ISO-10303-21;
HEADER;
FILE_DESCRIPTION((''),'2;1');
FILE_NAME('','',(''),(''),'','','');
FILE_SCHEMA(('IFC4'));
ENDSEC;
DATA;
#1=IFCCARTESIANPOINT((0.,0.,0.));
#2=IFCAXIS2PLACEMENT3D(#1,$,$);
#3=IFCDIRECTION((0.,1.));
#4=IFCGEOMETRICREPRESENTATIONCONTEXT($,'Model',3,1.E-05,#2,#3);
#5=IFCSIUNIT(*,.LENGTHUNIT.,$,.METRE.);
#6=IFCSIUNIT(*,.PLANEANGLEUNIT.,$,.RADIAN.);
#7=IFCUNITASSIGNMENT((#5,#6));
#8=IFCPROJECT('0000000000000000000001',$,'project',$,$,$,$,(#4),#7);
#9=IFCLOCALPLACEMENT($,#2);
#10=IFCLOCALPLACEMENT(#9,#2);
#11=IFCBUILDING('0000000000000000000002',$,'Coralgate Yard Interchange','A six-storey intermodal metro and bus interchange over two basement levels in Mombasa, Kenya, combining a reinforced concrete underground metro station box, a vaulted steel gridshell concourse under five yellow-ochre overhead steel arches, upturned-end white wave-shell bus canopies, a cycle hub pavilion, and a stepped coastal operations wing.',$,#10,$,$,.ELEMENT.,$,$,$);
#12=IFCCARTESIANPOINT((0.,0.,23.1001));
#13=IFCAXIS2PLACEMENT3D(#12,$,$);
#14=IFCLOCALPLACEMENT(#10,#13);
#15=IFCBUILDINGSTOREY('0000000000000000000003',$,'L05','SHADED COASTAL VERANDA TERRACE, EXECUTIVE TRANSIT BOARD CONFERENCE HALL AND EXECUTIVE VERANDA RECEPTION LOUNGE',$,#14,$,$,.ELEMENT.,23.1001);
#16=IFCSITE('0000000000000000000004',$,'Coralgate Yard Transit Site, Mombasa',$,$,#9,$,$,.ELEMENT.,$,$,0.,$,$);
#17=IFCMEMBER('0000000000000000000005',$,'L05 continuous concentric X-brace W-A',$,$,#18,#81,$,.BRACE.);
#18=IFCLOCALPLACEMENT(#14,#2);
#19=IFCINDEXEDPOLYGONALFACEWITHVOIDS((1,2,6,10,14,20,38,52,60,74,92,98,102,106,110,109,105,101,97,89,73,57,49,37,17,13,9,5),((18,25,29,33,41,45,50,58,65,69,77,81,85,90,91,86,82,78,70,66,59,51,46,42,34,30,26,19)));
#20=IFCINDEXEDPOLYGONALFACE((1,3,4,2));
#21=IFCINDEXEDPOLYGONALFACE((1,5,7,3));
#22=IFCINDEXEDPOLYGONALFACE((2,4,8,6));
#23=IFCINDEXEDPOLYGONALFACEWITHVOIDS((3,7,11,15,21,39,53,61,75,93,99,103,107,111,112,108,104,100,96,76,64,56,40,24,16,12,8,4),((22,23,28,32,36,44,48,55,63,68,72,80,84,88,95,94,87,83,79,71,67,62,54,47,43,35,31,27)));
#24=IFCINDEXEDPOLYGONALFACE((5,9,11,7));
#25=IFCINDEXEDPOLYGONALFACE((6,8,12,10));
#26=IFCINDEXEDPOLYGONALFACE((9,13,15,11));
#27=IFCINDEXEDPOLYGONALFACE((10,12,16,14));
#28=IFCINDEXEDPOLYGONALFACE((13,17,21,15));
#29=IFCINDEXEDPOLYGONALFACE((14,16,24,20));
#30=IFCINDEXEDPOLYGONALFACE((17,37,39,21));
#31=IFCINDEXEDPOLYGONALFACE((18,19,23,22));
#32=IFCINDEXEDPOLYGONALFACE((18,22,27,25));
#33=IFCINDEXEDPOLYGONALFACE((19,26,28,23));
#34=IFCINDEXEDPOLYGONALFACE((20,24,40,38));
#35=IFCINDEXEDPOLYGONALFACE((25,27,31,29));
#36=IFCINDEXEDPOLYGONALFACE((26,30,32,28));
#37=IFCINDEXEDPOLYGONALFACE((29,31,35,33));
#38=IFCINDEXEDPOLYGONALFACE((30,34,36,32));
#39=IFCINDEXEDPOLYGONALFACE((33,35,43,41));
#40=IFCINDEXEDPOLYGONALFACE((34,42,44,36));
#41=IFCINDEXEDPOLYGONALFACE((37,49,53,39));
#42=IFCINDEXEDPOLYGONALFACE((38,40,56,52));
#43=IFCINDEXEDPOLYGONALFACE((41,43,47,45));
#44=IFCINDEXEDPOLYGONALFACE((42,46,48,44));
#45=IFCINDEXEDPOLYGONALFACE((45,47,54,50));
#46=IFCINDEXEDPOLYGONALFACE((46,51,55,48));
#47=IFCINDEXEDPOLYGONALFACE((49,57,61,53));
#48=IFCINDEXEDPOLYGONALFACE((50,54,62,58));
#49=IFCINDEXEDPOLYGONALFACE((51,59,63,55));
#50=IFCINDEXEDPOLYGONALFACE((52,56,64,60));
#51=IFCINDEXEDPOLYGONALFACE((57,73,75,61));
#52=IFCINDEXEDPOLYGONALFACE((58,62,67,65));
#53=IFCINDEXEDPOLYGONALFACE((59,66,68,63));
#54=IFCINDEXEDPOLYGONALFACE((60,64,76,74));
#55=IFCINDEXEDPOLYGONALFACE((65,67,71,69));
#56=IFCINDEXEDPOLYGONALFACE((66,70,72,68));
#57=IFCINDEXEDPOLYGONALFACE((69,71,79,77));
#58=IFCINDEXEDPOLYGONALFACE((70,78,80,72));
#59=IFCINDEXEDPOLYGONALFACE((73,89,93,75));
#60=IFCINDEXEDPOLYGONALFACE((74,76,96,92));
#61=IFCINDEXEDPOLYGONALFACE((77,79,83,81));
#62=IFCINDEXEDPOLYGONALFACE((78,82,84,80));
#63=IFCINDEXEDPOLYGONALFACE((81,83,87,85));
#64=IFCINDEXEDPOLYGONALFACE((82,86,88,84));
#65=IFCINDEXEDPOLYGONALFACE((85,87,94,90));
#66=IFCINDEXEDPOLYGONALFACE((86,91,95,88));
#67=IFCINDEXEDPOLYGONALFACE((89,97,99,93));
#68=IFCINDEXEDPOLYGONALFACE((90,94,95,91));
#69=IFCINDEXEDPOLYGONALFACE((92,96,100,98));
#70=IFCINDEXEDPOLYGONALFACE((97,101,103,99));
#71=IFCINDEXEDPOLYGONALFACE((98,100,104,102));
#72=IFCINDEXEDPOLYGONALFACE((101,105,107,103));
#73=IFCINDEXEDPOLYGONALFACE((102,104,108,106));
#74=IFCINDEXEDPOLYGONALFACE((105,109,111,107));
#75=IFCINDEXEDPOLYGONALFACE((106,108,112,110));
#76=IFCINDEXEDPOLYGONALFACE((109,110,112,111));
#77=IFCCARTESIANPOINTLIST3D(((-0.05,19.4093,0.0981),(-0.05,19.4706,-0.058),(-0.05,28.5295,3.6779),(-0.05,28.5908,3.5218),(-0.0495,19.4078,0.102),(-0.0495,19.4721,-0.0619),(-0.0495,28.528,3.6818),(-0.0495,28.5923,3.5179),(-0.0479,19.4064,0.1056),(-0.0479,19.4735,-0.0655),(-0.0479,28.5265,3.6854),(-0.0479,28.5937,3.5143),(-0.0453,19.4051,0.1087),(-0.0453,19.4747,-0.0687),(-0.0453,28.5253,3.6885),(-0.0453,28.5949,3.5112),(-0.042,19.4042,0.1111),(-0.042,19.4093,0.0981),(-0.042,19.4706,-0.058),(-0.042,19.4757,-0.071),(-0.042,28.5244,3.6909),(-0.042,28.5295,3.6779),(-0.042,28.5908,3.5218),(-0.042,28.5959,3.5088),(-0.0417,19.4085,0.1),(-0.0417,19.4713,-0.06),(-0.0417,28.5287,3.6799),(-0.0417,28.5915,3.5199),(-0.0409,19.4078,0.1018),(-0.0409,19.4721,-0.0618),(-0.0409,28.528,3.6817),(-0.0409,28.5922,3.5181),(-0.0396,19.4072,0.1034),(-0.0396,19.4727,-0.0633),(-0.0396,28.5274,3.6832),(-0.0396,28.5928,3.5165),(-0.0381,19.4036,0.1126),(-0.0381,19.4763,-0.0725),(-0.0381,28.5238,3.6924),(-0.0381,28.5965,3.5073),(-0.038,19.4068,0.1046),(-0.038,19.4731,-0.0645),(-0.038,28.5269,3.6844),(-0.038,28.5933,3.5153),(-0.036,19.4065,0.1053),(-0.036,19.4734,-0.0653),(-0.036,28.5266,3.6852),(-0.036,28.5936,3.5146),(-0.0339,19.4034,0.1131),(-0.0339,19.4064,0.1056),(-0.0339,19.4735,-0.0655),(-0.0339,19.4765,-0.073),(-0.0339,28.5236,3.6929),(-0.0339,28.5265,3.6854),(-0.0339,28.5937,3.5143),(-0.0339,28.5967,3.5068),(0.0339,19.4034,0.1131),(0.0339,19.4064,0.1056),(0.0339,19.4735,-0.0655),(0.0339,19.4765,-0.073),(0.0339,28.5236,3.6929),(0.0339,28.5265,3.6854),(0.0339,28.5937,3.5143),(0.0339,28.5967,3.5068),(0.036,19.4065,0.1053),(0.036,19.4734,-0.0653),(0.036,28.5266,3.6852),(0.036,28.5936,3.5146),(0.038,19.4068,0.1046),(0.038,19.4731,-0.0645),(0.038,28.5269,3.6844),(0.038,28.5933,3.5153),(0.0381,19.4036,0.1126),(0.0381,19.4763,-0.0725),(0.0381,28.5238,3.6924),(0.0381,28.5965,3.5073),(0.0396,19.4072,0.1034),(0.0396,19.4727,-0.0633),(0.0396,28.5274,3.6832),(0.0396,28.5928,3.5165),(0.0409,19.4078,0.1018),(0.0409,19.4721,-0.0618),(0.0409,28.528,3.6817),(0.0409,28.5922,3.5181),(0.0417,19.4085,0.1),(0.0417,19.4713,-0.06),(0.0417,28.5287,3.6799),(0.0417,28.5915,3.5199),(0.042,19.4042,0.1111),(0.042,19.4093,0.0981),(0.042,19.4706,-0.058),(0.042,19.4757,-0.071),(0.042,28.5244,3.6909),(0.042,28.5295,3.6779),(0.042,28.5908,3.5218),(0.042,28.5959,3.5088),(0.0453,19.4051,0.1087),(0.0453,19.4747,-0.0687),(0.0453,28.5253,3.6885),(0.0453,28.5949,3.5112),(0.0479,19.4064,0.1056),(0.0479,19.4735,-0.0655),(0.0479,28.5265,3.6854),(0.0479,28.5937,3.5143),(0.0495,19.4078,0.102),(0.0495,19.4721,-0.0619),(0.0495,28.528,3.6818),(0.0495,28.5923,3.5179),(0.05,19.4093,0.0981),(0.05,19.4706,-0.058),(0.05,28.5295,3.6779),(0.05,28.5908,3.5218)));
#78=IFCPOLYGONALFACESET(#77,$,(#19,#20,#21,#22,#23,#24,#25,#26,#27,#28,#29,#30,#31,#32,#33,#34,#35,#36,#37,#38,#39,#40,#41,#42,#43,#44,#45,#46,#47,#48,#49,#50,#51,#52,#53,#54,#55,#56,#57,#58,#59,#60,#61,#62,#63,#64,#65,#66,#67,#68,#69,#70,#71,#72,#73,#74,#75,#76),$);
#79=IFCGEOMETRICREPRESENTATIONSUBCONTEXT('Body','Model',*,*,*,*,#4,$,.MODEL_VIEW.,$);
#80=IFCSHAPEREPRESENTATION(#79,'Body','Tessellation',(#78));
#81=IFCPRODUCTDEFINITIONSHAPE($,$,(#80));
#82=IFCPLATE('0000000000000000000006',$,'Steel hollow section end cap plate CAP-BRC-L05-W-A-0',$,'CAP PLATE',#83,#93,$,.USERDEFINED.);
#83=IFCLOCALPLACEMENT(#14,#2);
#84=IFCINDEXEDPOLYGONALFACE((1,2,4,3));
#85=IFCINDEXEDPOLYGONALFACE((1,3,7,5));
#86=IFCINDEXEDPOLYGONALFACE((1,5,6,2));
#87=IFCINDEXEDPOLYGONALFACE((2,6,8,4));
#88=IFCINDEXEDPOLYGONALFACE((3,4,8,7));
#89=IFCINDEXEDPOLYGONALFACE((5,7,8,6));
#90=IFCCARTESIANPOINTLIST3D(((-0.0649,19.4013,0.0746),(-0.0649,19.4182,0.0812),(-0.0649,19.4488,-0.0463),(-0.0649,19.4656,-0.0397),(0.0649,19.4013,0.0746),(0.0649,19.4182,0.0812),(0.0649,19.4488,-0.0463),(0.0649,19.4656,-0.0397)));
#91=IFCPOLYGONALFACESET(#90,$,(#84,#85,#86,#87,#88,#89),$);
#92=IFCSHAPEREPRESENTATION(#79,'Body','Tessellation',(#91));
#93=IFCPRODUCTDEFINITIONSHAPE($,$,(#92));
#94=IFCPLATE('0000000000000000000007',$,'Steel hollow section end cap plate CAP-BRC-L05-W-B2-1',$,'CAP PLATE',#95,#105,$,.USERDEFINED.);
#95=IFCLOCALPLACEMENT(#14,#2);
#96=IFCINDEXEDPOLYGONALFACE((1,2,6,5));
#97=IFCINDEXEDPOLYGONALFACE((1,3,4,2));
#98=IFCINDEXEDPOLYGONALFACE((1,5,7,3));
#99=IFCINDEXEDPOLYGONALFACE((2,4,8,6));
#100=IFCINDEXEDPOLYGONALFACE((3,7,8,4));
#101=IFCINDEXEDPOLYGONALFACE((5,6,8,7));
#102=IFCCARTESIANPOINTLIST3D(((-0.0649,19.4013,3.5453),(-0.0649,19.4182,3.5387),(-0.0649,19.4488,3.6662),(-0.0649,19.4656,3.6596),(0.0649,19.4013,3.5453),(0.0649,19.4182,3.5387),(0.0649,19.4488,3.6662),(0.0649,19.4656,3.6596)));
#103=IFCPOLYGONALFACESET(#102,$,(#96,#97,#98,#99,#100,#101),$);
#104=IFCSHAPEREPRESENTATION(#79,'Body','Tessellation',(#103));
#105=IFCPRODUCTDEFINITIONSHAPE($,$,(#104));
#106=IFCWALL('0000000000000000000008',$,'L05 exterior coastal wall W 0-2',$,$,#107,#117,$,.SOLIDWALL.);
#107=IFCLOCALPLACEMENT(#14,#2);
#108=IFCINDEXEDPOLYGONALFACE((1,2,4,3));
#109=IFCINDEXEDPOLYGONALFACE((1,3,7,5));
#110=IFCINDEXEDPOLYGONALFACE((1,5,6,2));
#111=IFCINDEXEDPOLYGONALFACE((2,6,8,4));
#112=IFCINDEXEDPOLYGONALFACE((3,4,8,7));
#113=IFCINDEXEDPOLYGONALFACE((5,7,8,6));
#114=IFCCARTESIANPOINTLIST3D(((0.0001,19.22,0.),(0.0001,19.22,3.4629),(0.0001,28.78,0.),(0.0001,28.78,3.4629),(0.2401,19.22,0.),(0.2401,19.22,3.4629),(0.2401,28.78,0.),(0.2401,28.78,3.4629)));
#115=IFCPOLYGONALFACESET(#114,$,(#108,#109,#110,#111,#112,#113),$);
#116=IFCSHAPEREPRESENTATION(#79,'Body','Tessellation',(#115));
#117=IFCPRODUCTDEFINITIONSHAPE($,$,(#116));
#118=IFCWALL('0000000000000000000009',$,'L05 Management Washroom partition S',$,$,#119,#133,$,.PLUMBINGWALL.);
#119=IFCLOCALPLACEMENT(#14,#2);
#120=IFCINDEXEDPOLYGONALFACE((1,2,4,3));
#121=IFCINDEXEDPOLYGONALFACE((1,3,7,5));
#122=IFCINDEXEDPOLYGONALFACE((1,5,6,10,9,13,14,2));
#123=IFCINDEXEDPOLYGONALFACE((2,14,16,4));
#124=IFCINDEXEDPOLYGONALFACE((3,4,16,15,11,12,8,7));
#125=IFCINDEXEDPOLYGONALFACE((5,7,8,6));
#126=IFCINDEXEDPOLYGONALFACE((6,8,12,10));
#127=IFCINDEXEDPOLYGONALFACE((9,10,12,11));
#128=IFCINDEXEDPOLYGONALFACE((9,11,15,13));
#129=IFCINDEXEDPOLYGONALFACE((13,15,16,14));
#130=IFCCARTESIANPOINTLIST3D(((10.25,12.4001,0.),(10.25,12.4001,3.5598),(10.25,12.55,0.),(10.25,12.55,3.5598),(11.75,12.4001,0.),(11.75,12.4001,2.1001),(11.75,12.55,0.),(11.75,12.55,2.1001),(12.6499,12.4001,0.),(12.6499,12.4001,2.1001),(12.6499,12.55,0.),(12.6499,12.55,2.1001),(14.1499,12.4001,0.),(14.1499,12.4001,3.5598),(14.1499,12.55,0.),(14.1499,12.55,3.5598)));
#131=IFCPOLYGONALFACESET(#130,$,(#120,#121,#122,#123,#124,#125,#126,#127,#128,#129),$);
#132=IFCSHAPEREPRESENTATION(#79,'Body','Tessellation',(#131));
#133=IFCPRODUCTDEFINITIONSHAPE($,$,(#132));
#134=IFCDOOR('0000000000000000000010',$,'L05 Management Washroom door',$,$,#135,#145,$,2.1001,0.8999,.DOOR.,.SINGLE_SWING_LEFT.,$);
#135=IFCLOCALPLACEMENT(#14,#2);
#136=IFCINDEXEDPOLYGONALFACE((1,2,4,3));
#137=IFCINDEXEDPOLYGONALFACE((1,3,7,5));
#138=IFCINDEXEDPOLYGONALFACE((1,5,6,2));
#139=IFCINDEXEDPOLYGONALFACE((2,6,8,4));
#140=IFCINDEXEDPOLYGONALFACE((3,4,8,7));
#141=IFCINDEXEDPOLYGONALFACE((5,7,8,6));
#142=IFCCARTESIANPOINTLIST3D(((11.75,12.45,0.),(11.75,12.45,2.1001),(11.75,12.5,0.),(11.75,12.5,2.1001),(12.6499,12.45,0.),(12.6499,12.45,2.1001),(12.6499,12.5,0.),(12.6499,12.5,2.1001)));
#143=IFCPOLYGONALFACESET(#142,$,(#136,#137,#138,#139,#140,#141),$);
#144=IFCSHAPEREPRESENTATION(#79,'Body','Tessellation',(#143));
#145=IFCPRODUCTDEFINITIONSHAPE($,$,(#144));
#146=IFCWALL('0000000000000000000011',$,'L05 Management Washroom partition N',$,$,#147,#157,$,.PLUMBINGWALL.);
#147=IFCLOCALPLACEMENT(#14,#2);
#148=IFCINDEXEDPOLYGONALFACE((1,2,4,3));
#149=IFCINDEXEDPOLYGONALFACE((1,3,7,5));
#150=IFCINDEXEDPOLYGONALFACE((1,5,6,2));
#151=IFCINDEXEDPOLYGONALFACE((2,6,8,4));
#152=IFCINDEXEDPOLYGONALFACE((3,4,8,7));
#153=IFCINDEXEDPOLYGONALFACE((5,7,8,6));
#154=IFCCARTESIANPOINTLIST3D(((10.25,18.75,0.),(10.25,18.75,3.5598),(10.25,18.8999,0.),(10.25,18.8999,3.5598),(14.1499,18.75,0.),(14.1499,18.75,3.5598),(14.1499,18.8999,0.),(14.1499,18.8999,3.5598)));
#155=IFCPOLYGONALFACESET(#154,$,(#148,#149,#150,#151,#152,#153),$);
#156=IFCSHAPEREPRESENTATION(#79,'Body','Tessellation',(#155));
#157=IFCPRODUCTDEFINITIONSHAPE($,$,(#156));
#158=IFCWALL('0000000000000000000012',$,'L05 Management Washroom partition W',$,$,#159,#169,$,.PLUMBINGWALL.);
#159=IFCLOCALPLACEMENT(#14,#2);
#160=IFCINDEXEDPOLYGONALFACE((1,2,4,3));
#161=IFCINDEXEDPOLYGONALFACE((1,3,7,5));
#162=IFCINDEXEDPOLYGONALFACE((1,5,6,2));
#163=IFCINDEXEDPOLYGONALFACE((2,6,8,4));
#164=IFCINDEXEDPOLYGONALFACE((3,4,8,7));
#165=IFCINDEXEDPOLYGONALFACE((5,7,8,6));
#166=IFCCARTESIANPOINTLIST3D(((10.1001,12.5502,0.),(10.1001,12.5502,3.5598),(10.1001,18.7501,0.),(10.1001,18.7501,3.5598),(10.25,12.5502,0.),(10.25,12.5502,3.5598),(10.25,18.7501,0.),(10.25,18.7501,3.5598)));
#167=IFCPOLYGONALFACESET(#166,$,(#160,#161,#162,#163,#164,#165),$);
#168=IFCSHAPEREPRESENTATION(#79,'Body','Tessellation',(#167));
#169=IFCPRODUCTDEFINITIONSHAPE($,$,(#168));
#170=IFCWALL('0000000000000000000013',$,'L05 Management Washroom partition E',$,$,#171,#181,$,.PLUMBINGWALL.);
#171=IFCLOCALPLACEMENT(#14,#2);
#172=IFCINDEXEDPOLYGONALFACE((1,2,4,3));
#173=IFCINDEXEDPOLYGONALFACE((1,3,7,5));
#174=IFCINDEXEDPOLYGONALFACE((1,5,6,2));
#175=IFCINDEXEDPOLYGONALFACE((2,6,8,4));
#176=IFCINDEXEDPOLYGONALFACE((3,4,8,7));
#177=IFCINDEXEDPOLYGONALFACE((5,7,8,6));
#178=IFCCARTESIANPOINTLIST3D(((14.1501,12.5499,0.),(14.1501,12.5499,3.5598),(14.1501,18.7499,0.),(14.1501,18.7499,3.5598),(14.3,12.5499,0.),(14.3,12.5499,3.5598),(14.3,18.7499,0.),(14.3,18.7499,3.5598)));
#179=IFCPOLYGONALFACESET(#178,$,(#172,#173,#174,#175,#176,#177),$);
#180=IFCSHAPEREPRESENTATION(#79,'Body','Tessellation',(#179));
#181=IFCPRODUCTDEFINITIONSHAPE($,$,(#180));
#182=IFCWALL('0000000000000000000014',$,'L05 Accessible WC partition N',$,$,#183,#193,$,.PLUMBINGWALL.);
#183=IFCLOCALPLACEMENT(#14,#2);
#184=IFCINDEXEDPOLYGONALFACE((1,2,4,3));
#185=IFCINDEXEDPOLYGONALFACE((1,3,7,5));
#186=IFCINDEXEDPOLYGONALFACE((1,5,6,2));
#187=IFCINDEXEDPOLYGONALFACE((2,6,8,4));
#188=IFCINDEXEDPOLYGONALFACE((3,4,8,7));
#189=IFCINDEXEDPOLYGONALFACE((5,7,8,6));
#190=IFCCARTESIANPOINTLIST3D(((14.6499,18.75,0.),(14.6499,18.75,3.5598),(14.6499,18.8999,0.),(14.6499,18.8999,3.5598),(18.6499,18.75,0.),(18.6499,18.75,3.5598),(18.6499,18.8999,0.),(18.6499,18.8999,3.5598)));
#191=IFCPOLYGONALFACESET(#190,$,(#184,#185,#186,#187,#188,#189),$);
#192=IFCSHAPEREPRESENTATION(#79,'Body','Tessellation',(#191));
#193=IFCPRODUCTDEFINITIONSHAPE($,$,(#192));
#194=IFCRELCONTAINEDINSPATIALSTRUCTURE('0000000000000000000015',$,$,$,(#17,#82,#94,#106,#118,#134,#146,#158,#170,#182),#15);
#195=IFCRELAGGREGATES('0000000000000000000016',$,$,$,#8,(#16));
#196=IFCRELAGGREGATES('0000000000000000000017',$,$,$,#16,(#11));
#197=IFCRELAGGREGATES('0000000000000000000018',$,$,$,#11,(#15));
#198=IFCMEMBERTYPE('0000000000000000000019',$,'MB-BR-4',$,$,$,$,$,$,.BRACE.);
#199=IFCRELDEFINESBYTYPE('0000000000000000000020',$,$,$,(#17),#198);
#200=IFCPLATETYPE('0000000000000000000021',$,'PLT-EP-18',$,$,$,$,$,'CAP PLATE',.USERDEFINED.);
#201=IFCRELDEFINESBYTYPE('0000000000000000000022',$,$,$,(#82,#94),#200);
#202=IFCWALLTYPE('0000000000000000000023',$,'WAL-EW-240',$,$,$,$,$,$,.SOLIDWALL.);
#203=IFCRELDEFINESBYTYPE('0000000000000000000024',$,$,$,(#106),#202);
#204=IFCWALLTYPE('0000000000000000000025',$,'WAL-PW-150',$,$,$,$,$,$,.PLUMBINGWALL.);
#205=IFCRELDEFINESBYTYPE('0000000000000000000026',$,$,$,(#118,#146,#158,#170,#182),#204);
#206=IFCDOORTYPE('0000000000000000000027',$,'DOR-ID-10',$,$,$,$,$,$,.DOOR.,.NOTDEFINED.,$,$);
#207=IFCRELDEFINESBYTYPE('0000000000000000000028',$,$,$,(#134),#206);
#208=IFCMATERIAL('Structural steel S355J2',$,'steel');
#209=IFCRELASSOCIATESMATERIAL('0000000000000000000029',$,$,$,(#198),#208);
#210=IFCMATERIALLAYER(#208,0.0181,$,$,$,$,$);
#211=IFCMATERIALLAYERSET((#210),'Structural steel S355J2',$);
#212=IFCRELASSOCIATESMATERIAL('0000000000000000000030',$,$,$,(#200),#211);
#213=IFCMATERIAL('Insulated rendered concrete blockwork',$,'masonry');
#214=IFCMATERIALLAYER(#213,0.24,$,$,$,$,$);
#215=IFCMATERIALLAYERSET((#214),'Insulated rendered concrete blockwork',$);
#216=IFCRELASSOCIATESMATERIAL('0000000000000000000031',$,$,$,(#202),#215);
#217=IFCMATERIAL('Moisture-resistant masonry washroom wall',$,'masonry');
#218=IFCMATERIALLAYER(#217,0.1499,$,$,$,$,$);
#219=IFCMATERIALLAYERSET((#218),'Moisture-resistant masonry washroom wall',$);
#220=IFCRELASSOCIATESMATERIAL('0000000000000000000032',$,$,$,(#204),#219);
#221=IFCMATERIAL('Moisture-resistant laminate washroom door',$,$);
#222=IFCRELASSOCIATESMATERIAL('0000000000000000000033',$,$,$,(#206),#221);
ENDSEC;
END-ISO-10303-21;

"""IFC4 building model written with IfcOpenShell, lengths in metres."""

from ifc_helpers import new_model, si_unit, direction, frame, frame_2d, origin, origin_2d, place, context, subcontext, project, spatial, rectangle, hollow_rectangle, extrude, material, layer, layer_set, material_profile, profile_set, type_object, element, fill, save


model = new_model("IFC4")

# Units and contexts
model_context = context("Model", 3, precision=1e-05, world=origin(), true_north=direction((0.0, 1.0)))
body_context = subcontext(model_context, "Body", "Model", "MODEL_VIEW")
ifc_project = project(units=[si_unit("LENGTHUNIT", "METRE"), si_unit("PLANEANGLEUNIT", "RADIAN")], contexts=[model_context])

# Site, building, storey
site_placement = place(None, origin())
site = spatial("IfcSite", under=ifc_project, at=site_placement, Name="Coralgate Yard Transit Site, Mombasa", CompositionType="ELEMENT", RefElevation=0.0)
building_placement = place(site_placement, origin())
building = spatial("IfcBuilding", under=site, at=building_placement, Name="Coralgate Yard Interchange", Description="A six-storey intermodal metro and bus interchange over two basement levels in Mombasa, Kenya, combining a reinforced concrete underground metro station box, a vaulted steel gridshell concourse under five yellow-ochre overhead steel arches, upturned-end white wave-shell bus canopies, a cycle hub pavilion, and a stepped coastal operations wing.", CompositionType="ELEMENT")
storey_placement = place(building_placement, frame((0.0, 0.0, 23.1001)))
storey = spatial("IfcBuildingStorey", under=building, at=storey_placement, Name="L05", Description="SHADED COASTAL VERANDA TERRACE, EXECUTIVE TRANSIT BOARD CONFERENCE HALL AND EXECUTIVE VERANDA RECEPTION LOUNGE", CompositionType="ELEMENT", Elevation=23.1001)

# Shared definitions
ifc_material_1 = material(Name="Structural steel S355J2", Category="steel")

# Member
ifc_material_profile_1 = material_profile(ifc_material_1, hollow_rectangle(XDim=0.1001, YDim=0.2, WallThickness=0.0081, InnerFilletRadius=0.0081, OuterFilletRadius=0.0161, at=origin_2d()), Name="RHS 200x100x8")
ifc_profile_set_1 = profile_set([ifc_material_profile_1], Name="Structural steel S355J2")
member_type = type_object("IfcMemberType", Name="MB-BR-4", PredefinedType="BRACE", material=ifc_profile_set_1)
member_placement = place(storey_placement, frame((0.0, 19.4399, 0.02), z_axis=(0.0, 0.930858, 0.365381), x_axis=(-1.0, 0.0, 0.0)))
element("IfcMember", 1, at=member_placement, inside=storey, type_object=member_type, Name="L05 continuous concentric X-brace W-A", PredefinedType="BRACE", context=body_context, shape_type="SweptSolid", body=[
    extrude(hollow_rectangle(XDim=0.1001, YDim=0.2, WallThickness=0.0081, InnerFilletRadius=0.0081, OuterFilletRadius=0.0161, at=origin_2d()), origin(), (0.0, 0.0, 1.0), 9.7976),
])

# Plates
ifc_layer_1 = layer(ifc_material_1, 0.0181)
ifc_layer_set_1 = layer_set([ifc_layer_1], Name="Structural steel S355J2")
plate_type = type_object("IfcPlateType", Name="PLT-EP-18", ElementType="CAP PLATE", PredefinedType="USERDEFINED", material=ifc_layer_set_1)
for number, where, z_axis, x_axis, name in (
    (2, (0.0, 19.4419, 0.0208), (0.0, -0.930851, -0.3654), (1.0, 0.0, 0.0), "Steel hollow section end cap plate CAP-BRC-L05-W-A-0"),
    (3, (0.0, 19.4419, 3.5991), (0.0, -0.930851, 0.3654), (1.0, 0.0, 0.0), "Steel hollow section end cap plate CAP-BRC-L05-W-B2-1"),
):
    element("IfcPlate", number, at=place(storey_placement, frame(where, z_axis=z_axis, x_axis=x_axis)), inside=storey, type_object=plate_type, Name=name, ObjectType="CAP PLATE", PredefinedType="USERDEFINED", context=body_context, shape_type="SweptSolid", body=[
        extrude(rectangle(XDim=0.1299, YDim=0.1299, at=origin_2d()), origin(), (0.0, 0.0, 1.0), 0.0181),
    ])

# Wall
ifc_material_2 = material(Name="Insulated rendered concrete blockwork", Category="masonry")
ifc_layer_2 = layer(ifc_material_2, 0.24)
ifc_layer_set_2 = layer_set([ifc_layer_2], Name="Insulated rendered concrete blockwork")
wall_type_1 = type_object("IfcWallType", Name="WAL-EW-240", PredefinedType="SOLIDWALL", material=ifc_layer_set_2)
wall_1_placement = place(storey_placement, frame((0.1201, 19.22, 0.0), z_axis=(0.0, 0.0, 1.0), x_axis=(0.0, 1.0, 0.0)))
element("IfcWall", 4, at=wall_1_placement, inside=storey, type_object=wall_type_1, Name="L05 exterior coastal wall W 0-2", PredefinedType="SOLIDWALL", context=body_context, shape_type="SweptSolid", body=[
    extrude(rectangle(XDim=9.5601, YDim=0.24, at=frame_2d((4.78, 0.0))), origin(), (0.0, 0.0, 1.0), 3.4629),
])

# Wall, opening, door
ifc_material_3 = material(Name="Moisture-resistant masonry washroom wall", Category="masonry")
ifc_layer_3 = layer(ifc_material_3, 0.1499)
ifc_layer_set_3 = layer_set([ifc_layer_3], Name="Moisture-resistant masonry washroom wall")
wall_type_2 = type_object("IfcWallType", Name="WAL-PW-150", PredefinedType="PLUMBINGWALL", material=ifc_layer_set_3)
wall_2_placement = place(storey_placement, frame((14.1499, 12.4751, 0.0), z_axis=(0.0, 0.0, 1.0), x_axis=(-1.0, 0.0, 0.0)))
wall_2 = element("IfcWall", 5, at=wall_2_placement, inside=storey, type_object=wall_type_2, Name="L05 Management Washroom partition S", PredefinedType="PLUMBINGWALL", context=body_context, shape_type="SweptSolid", body=[
    extrude(rectangle(XDim=3.8999, YDim=0.1499, at=frame_2d((1.95, 0.0))), origin(), (0.0, 0.0, 1.0), 3.5598),
])
opening_1_placement = place(wall_2_placement, frame((1.5, 0.0, 0.0)))
opening_1 = element("IfcOpeningElement", 6, at=opening_1_placement, cuts=wall_2, PredefinedType="OPENING", context=body_context, shape_type="SweptSolid", body=[
    extrude(rectangle(XDim=0.8999, YDim=2.1001, at=frame_2d((0.45, 1.05))), frame((0.0, 0.085, 0.0), z_axis=(0.0, -1.0, 0.0), x_axis=(1.0, 0.0, 0.0)), (0.0, 0.0, 1.0), 0.1699),
])
ifc_material_4 = material(Name="Moisture-resistant laminate washroom door")
door_type_1 = type_object("IfcDoorType", Name="DOR-ID-10", OperationType="NOTDEFINED", PredefinedType="DOOR", material=ifc_material_4)
door_1_placement = place(opening_1_placement, frame((0.8999, 0.0, 0.0), z_axis=(0.0, 0.0, 1.0), x_axis=(-1.0, 0.0, 0.0)))
door_1 = element("IfcDoor", 7, at=door_1_placement, inside=storey, type_object=door_type_1, Name="L05 Management Washroom door", OperationType="SINGLE_SWING_LEFT", OverallHeight=2.1001, OverallWidth=0.8999, PredefinedType="DOOR", context=body_context, shape_type="SweptSolid", body=[
    extrude(rectangle(XDim=0.8999, YDim=2.1001, at=frame_2d((0.45, 1.05))), frame((0.0, 0.0249, 0.0), z_axis=(0.0, -1.0, 0.0), x_axis=(1.0, 0.0, 0.0)), (0.0, 0.0, 1.0), 0.05),
])
fill(opening_1, door_1)

# Walls
wall_3_placement = place(storey_placement, frame((10.25, 18.825, 0.0), z_axis=(0.0, 0.0, 1.0), x_axis=(1.0, 0.0, 0.0)))
element("IfcWall", 8, at=wall_3_placement, inside=storey, type_object=wall_type_2, Name="L05 Management Washroom partition N", PredefinedType="PLUMBINGWALL", context=body_context, shape_type="SweptSolid", body=[
    extrude(rectangle(XDim=3.8999, YDim=0.1499, at=frame_2d((1.95, 0.0))), origin(), (0.0, 0.0, 1.0), 3.5598),
])
for number, where, z_axis, x_axis, name in (
    (9, (10.175, 12.55, 0.0), (0.0, 0.0, 1.0), (0.0, 1.0, 0.0), "L05 Management Washroom partition W"),
    (10, (14.2251, 18.75, 0.0), (0.0, 0.0, 1.0), (0.0, -1.0, 0.0), "L05 Management Washroom partition E"),
):
    element("IfcWall", number, at=place(storey_placement, frame(where, z_axis=z_axis, x_axis=x_axis)), inside=storey, type_object=wall_type_2, Name=name, PredefinedType="PLUMBINGWALL", context=body_context, shape_type="SweptSolid", body=[
        extrude(rectangle(XDim=6.2, YDim=0.1499, at=frame_2d((3.1001, 0.0))), origin(), (0.0, 0.0, 1.0), 3.5598),
    ])

# Wall
wall_4_placement = place(storey_placement, frame((14.6499, 18.825, 0.0), z_axis=(0.0, 0.0, 1.0), x_axis=(1.0, 0.0, 0.0)))
element("IfcWall", 11, at=wall_4_placement, inside=storey, type_object=wall_type_2, Name="L05 Accessible WC partition N", PredefinedType="PLUMBINGWALL", context=body_context, shape_type="SweptSolid", body=[
    extrude(rectangle(XDim=4.0, YDim=0.1499, at=frame_2d((2.0, 0.0))), origin(), (0.0, 0.0, 1.0), 3.5598),
])

save(model, "model.ifc")
